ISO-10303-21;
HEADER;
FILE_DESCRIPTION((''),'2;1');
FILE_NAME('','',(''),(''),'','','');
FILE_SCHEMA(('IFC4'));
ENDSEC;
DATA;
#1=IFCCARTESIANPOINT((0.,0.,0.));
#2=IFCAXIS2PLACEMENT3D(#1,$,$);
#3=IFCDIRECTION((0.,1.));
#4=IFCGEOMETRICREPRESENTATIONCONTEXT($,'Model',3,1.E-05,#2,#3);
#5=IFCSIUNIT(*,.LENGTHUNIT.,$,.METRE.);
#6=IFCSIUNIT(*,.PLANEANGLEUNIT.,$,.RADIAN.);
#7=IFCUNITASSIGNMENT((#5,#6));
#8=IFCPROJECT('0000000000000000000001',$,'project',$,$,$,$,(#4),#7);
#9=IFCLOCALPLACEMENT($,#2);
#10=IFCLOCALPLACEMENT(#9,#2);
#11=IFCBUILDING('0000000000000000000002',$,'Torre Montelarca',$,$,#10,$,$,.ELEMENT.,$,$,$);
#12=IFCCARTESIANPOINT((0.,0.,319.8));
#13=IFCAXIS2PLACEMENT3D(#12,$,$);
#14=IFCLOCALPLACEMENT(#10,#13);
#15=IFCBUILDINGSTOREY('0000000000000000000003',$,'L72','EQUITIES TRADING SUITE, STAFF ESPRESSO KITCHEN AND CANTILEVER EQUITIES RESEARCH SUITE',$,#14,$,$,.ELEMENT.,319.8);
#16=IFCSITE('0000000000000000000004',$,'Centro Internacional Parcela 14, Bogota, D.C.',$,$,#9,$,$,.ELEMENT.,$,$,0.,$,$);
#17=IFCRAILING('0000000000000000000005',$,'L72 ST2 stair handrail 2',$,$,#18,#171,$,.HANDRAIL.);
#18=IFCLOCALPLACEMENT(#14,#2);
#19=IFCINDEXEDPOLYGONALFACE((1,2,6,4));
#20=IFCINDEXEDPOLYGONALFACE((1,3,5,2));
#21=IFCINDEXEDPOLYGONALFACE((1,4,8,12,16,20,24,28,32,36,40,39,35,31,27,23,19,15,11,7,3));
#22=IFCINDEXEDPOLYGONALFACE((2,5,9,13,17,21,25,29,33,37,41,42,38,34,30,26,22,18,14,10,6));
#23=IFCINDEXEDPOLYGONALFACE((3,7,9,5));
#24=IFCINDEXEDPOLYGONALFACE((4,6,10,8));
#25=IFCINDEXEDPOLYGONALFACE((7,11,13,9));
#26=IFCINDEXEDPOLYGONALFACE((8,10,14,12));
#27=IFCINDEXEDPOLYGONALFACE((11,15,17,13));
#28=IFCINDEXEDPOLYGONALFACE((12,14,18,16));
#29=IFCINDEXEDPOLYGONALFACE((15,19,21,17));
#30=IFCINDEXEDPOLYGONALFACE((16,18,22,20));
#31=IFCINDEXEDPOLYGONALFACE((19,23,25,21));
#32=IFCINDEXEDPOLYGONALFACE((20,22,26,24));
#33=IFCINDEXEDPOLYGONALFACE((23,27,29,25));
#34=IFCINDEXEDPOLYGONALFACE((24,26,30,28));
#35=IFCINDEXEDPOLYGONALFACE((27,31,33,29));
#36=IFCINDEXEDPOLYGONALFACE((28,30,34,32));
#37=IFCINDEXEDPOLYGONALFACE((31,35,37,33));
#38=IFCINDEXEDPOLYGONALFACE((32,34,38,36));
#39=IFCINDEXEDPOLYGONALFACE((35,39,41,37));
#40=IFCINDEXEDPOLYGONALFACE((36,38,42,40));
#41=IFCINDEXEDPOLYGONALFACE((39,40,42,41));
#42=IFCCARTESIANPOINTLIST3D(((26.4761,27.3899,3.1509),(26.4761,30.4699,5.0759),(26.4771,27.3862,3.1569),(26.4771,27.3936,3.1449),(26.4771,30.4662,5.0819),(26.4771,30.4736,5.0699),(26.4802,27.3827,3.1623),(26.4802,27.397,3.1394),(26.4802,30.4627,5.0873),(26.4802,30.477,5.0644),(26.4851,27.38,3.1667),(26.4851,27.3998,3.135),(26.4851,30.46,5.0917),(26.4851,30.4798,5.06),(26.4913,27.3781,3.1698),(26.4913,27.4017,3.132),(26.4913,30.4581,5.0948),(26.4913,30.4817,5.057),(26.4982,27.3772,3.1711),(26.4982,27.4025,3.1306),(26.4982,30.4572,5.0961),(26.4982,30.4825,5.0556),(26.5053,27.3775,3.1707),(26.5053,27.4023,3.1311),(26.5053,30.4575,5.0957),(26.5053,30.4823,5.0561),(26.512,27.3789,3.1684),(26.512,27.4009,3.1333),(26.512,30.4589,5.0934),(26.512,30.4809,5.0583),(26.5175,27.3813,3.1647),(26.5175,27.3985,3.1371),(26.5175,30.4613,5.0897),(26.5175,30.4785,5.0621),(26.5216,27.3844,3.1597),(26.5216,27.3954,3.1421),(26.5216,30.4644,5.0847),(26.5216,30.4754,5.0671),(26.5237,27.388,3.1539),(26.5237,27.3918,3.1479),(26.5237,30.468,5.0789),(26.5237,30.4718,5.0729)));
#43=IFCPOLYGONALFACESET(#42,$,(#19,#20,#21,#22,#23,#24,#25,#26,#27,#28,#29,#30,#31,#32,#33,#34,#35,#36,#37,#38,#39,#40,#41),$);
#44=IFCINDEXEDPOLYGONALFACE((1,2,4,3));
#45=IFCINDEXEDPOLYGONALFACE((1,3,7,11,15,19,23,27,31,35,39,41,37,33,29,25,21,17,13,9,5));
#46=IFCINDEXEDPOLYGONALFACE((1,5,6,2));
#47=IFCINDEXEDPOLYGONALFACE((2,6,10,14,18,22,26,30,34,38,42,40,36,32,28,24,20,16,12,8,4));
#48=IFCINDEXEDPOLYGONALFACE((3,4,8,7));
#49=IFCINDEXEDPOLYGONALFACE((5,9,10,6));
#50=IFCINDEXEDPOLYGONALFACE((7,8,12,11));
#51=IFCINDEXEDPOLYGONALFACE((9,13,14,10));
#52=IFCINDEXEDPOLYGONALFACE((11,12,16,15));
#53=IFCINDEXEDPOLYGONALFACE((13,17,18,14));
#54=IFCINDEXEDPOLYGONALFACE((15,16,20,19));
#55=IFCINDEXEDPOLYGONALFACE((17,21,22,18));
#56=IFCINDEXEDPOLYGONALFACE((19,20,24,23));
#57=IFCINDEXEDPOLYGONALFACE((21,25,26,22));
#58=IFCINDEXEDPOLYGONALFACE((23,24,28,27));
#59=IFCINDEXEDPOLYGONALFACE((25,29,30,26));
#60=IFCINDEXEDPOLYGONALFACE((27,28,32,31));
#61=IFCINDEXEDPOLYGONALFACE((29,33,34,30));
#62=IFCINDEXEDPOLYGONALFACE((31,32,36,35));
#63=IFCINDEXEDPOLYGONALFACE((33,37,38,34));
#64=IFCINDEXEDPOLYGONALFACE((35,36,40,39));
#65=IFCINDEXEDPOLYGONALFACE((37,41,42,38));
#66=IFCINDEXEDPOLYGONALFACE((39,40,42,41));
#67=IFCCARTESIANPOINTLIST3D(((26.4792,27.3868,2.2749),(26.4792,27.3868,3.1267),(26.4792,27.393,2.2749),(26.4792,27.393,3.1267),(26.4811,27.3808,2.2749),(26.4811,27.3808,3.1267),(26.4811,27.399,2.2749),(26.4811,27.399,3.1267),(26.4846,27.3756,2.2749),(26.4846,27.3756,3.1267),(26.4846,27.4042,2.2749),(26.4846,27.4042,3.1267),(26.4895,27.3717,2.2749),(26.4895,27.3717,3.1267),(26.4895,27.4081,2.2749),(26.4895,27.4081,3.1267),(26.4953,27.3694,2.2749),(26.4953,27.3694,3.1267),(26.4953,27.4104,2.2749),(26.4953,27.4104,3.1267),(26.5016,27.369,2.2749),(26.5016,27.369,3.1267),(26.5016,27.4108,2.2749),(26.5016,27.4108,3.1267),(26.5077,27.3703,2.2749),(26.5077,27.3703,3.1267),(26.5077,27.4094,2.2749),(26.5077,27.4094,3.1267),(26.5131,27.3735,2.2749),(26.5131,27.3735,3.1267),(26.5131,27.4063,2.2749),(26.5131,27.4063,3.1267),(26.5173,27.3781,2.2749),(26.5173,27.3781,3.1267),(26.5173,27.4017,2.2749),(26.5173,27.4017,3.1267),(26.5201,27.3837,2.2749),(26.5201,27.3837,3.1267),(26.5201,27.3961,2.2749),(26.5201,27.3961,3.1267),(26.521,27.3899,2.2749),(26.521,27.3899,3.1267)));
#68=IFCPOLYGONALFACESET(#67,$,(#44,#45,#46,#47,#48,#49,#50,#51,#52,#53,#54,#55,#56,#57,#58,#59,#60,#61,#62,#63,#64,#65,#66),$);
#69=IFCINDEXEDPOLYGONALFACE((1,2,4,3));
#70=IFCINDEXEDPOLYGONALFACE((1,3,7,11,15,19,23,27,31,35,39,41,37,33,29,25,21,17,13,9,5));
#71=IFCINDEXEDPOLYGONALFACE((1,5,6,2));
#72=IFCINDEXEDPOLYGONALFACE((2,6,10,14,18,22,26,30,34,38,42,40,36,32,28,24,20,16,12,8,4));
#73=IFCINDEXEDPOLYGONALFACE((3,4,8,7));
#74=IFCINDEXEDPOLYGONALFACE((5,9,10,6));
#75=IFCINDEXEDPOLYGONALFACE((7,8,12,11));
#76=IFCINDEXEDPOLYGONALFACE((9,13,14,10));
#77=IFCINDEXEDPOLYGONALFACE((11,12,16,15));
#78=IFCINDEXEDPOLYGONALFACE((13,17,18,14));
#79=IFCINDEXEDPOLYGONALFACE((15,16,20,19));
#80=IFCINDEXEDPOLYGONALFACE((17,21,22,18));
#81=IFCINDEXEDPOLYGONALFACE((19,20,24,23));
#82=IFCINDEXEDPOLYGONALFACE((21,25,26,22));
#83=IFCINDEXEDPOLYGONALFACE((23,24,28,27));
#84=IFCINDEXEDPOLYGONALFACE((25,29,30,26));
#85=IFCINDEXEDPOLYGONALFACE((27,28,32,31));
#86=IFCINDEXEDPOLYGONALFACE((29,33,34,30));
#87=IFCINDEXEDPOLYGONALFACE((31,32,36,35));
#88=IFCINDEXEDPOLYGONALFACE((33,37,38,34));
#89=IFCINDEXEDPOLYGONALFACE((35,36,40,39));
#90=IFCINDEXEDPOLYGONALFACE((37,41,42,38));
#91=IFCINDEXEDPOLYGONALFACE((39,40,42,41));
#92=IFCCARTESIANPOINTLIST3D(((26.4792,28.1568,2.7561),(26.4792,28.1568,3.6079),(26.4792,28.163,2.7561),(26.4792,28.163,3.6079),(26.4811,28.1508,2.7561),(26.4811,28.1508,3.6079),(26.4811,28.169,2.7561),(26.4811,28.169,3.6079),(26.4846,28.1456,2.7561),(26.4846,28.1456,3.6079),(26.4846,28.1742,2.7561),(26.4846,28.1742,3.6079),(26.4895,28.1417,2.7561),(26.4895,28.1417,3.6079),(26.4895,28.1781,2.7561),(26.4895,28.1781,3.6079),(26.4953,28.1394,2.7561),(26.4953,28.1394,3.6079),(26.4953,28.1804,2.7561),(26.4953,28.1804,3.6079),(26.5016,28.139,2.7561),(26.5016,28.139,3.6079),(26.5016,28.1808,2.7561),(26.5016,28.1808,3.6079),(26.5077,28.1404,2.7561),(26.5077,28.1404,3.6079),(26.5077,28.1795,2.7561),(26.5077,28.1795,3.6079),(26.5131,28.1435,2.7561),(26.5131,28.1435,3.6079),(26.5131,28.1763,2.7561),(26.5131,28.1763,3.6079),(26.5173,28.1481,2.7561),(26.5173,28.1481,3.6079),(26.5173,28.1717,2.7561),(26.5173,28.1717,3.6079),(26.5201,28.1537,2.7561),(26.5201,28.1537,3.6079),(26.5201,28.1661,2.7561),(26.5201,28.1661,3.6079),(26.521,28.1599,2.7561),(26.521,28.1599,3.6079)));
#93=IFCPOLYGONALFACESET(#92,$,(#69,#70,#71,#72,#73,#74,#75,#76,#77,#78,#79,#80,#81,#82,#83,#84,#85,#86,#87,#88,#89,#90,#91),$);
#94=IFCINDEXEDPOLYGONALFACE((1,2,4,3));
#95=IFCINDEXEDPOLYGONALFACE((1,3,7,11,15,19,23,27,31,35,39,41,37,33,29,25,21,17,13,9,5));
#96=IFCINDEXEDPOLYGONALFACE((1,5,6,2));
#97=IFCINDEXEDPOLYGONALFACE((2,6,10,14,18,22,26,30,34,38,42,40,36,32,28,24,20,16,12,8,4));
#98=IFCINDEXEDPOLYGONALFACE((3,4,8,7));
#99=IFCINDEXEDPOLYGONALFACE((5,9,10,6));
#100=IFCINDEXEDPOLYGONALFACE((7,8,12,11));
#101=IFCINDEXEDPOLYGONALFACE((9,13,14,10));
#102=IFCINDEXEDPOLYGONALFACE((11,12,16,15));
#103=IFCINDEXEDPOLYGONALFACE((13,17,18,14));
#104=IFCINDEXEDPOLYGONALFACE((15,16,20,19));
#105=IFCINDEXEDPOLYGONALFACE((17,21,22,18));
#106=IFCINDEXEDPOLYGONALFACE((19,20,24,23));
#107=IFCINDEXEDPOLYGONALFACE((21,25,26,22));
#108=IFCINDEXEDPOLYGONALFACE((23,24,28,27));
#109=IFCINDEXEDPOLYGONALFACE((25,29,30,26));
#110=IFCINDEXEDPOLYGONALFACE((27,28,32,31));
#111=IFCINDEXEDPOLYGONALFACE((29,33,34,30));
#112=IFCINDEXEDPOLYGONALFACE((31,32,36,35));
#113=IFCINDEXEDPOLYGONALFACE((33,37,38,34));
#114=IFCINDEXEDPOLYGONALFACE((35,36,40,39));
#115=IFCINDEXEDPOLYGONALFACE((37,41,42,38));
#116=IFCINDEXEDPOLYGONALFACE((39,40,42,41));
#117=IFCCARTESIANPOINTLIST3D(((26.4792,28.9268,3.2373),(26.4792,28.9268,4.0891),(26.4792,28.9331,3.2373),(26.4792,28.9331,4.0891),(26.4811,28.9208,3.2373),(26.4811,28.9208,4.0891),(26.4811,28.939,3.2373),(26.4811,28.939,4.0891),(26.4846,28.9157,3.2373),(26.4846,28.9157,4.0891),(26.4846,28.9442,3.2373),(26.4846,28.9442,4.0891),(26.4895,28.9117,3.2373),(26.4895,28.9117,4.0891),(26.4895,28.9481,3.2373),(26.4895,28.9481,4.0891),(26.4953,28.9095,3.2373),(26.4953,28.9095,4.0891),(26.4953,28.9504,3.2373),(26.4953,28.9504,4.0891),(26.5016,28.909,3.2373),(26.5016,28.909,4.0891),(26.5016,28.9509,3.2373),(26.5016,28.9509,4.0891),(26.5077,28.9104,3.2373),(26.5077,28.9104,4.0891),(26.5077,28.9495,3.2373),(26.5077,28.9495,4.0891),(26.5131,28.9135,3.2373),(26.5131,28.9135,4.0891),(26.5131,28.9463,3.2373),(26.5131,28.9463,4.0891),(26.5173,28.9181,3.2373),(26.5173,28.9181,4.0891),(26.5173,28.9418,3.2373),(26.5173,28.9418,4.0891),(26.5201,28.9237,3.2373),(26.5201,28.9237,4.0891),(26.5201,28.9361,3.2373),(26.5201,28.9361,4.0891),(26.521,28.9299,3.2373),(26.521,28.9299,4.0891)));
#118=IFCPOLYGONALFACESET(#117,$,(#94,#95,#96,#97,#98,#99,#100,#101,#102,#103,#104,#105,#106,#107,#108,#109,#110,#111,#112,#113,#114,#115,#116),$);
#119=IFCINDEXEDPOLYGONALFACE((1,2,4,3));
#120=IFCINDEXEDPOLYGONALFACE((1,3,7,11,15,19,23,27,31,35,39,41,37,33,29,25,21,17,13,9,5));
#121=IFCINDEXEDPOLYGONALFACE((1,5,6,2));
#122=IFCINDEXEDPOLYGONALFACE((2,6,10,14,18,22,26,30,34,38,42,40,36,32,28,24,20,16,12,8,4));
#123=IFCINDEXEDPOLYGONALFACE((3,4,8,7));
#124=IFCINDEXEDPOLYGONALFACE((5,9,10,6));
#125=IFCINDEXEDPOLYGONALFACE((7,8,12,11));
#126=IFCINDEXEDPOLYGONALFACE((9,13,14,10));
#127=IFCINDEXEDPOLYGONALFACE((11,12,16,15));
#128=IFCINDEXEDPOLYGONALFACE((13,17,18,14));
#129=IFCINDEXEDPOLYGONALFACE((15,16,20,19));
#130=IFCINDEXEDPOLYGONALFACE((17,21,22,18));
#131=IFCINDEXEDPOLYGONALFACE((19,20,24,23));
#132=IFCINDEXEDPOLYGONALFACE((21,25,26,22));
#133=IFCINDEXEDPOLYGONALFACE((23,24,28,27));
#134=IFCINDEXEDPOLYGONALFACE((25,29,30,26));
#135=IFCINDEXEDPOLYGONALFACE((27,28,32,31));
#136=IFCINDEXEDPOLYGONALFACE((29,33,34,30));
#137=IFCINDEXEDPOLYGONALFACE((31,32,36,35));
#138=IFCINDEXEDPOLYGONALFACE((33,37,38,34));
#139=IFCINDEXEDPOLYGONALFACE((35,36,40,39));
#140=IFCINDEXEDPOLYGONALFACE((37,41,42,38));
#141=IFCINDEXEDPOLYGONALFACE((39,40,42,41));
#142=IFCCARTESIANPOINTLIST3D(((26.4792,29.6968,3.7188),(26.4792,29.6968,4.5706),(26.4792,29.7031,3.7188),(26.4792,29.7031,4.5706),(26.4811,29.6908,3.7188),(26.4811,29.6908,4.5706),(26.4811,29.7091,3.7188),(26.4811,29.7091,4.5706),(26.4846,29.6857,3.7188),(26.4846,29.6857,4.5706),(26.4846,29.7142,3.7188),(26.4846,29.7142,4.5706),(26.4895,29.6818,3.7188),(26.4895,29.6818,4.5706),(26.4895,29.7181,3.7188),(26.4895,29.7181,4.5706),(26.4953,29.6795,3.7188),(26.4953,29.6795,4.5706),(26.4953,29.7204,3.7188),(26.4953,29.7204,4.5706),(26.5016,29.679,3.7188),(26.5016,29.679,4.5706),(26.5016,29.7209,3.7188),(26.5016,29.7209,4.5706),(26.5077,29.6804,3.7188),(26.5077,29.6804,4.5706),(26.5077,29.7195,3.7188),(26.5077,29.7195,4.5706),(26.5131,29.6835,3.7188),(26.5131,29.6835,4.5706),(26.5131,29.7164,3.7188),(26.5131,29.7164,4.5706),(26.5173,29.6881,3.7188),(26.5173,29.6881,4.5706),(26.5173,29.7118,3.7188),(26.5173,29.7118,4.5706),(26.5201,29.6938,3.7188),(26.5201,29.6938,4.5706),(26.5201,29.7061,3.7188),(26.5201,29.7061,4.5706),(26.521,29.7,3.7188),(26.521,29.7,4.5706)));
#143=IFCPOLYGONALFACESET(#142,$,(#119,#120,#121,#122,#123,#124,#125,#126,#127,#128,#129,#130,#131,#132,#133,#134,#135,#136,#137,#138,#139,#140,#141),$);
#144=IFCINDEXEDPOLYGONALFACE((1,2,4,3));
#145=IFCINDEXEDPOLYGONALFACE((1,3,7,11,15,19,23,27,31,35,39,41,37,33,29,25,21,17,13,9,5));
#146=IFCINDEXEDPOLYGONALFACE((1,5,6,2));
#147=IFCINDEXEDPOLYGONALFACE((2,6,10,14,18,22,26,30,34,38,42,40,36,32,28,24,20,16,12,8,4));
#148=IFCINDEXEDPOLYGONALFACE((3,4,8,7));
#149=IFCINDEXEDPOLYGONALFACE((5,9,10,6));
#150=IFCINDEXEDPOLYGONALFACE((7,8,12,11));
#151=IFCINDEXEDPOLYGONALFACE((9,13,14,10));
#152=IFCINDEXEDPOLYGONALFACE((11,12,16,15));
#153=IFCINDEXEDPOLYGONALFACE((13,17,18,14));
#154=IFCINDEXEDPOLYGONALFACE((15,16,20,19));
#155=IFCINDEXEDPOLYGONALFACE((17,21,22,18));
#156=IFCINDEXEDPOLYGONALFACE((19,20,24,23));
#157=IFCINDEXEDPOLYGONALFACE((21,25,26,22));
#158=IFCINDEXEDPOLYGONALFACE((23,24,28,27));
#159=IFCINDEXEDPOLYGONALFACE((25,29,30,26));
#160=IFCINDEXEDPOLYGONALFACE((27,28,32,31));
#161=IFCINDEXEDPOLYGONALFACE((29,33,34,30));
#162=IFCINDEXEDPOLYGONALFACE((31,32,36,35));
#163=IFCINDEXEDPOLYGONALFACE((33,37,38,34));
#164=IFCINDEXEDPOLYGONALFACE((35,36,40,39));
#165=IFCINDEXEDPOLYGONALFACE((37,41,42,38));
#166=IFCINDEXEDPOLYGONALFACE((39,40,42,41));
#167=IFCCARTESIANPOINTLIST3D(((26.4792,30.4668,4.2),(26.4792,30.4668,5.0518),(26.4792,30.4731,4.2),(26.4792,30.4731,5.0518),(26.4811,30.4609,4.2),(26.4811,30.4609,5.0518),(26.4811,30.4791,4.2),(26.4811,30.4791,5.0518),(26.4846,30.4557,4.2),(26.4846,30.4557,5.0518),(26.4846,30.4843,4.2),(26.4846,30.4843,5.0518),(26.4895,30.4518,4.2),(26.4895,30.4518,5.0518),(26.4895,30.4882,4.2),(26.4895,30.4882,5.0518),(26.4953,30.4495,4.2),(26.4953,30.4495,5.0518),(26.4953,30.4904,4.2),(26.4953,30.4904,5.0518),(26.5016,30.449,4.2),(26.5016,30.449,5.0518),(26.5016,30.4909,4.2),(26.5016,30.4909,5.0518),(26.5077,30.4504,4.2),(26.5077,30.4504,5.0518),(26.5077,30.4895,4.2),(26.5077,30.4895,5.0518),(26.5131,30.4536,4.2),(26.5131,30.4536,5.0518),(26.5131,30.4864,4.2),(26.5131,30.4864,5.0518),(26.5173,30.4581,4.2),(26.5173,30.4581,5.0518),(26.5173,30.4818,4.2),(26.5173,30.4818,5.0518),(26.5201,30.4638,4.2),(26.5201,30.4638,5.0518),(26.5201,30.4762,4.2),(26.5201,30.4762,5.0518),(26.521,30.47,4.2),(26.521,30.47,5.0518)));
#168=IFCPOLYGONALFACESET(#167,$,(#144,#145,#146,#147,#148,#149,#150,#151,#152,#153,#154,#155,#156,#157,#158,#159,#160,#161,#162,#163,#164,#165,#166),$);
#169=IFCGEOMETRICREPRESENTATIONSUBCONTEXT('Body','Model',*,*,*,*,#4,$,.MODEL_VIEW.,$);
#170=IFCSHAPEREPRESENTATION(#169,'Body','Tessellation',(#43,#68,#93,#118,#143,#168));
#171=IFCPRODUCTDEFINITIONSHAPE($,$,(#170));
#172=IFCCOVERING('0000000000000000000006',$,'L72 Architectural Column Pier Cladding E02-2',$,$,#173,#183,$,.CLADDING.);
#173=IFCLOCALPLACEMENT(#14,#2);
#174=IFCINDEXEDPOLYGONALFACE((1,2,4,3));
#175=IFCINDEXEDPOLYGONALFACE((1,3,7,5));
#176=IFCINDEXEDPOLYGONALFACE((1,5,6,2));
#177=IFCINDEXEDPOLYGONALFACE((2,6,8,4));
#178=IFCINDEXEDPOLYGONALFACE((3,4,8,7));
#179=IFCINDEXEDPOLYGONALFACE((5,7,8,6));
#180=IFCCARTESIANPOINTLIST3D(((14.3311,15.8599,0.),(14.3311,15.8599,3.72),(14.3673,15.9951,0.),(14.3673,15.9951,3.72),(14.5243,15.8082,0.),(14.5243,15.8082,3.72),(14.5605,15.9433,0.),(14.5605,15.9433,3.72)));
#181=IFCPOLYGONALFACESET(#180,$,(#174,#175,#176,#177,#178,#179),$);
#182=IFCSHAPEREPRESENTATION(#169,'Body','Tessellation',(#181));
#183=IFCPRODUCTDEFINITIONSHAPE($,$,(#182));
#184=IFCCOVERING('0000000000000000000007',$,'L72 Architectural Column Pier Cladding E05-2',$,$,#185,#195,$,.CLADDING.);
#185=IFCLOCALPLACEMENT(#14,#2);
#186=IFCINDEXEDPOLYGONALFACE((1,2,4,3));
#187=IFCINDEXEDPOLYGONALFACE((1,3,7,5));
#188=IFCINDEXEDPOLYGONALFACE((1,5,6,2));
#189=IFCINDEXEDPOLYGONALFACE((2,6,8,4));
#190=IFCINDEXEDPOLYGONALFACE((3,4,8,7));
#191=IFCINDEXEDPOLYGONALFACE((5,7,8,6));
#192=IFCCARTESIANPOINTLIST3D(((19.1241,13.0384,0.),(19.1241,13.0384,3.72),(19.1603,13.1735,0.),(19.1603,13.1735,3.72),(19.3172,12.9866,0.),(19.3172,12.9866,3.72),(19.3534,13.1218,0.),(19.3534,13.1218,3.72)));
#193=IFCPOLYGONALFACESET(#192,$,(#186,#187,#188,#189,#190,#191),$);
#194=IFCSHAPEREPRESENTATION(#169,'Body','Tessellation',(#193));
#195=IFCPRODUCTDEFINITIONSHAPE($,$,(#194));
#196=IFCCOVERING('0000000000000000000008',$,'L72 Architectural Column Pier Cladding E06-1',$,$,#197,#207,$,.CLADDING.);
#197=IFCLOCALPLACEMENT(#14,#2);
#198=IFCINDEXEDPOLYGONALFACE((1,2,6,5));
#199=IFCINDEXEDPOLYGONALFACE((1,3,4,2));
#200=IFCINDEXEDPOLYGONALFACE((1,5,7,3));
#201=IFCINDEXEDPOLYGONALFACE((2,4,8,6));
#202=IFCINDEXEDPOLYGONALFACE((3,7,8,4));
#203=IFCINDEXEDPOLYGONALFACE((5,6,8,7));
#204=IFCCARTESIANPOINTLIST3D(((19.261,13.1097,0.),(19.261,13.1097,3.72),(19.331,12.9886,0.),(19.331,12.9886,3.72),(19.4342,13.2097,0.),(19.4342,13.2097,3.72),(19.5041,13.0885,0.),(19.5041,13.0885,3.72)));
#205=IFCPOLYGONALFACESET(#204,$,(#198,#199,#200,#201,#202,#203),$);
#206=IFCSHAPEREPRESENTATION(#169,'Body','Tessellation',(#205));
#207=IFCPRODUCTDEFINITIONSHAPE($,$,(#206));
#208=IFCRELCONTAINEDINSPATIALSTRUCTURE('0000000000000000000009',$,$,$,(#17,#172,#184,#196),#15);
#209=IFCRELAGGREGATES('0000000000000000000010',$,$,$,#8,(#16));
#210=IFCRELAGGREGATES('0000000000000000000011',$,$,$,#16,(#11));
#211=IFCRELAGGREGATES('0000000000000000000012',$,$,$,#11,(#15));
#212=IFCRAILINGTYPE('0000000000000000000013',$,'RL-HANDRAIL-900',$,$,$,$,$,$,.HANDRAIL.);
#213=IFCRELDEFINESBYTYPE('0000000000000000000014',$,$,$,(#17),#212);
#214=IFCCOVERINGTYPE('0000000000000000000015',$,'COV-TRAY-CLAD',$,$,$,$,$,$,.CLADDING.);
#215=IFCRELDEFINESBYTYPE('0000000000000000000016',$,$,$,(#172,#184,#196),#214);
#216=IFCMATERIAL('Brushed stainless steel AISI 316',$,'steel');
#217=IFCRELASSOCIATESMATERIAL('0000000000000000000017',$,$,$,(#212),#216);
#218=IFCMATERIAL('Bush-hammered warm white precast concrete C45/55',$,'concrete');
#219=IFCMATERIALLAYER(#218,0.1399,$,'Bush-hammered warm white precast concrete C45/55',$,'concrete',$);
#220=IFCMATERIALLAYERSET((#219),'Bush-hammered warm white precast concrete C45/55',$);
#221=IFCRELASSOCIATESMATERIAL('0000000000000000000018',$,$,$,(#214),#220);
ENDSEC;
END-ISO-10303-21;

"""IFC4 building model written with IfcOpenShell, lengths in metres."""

from ifc_helpers import new_model, si_unit, direction, frame, origin, origin_2d, place, context, subcontext, project, spatial, rectangle, circle, extrude, source, transform, mapped, material, layer, layer_set, type_object, element, save


model = new_model("IFC4")

# Units and contexts
model_context = context("Model", 3, precision=1e-05, world=origin(), true_north=direction((0.0, 1.0)))
body_context = subcontext(model_context, "Body", "Model", "MODEL_VIEW")
ifc_project = project(units=[si_unit("LENGTHUNIT", "METRE"), si_unit("PLANEANGLEUNIT", "RADIAN")], contexts=[model_context])

# Site, building, storey
site_placement = place(None, origin())
site = spatial("IfcSite", under=ifc_project, at=site_placement, Name="Centro Internacional Parcela 14, Bogota, D.C.", CompositionType="ELEMENT", RefElevation=0.0)
building_placement = place(site_placement, origin())
building = spatial("IfcBuilding", under=site, at=building_placement, Name="Torre Montelarca", CompositionType="ELEMENT")
storey_placement = place(building_placement, frame((0.0, 0.0, 319.8)))
storey = spatial("IfcBuildingStorey", under=building, at=storey_placement, Name="L72", Description="EQUITIES TRADING SUITE, STAFF ESPRESSO KITCHEN AND CANTILEVER EQUITIES RESEARCH SUITE", CompositionType="ELEMENT", Elevation=319.8)

# Railing
ifc_material_1 = material(Name="Brushed stainless steel AISI 316", Category="steel")
railing_type_1 = type_object("IfcRailingType", Name="RL-HANDRAIL-900", PredefinedType="HANDRAIL", material=ifc_material_1)
railing_1_placement = place(storey_placement, frame((26.5, 27.3899, 2.2749)))
element("IfcRailing", 1, at=railing_1_placement, inside=storey, type_object=railing_type_1, Name="L72 ST2 stair handrail 2", PredefinedType="HANDRAIL", context=body_context, shape_type="SweptSolid", body=[
    extrude(circle(Radius=0.0239, at=origin_2d()), frame((0.0, 0.0, 0.876), z_axis=(0.0, 0.847998, 0.529999), x_axis=(-1.0, 0.0, 0.0)), (0.0, 0.0, 1.0), 3.6321),
    extrude(circle(Radius=0.021, at=origin_2d()), origin(), (0.0, 0.0, 1.0), 0.8518),
    extrude(circle(Radius=0.021, at=origin_2d()), frame((0.0, 0.77, 0.4812)), (0.0, 0.0, 1.0), 0.8518),
    extrude(circle(Radius=0.021, at=origin_2d()), frame((0.0, 1.54, 0.9624)), (0.0, 0.0, 1.0), 0.8518),
    extrude(circle(Radius=0.021, at=origin_2d()), frame((0.0, 2.3101, 1.4438)), (0.0, 0.0, 1.0), 0.8518),
    extrude(circle(Radius=0.021, at=origin_2d()), frame((0.0, 3.0801, 1.925)), (0.0, 0.0, 1.0), 0.8518),
])

# Coverings
ifc_material_2 = material(Name="Bush-hammered warm white precast concrete C45/55", Category="concrete")
ifc_layer_1 = layer(ifc_material_2, 0.1399, Name="Bush-hammered warm white precast concrete C45/55", Category="concrete")
ifc_layer_set_1 = layer_set([ifc_layer_1], Name="Bush-hammered warm white precast concrete C45/55")
covering_type = type_object("IfcCoveringType", Name="COV-TRAY-CLAD", PredefinedType="CLADDING", material=ifc_layer_set_1)
shared_shape_1 = source(origin(), body_context, "Body", "SweptSolid", [
    extrude(rectangle(XDim=0.2, YDim=0.1399, at=origin_2d()), origin(), (0.0, 0.0, 1.0), 3.72),
])
for number, where, z_axis, x_axis, name in (
    (2, (14.4458, 15.9016, 0.0), (0.0, 0.0, 1.0), (0.965924, -0.258826, 0.0), "L72 Architectural Column Pier Cladding E02-2"),
    (3, (19.2388, 13.0801, 0.0), (0.0, 0.0, 1.0), (0.965925, -0.258821, 0.0), "L72 Architectural Column Pier Cladding E05-2"),
    (4, (19.3826, 13.0991, 0.0), (0.0, 0.0, 1.0), (0.866025, 0.5, 0.0), "L72 Architectural Column Pier Cladding E06-1"),
):
    element("IfcCovering", number, at=place(storey_placement, frame(where, z_axis=z_axis, x_axis=x_axis)), inside=storey, type_object=covering_type, Name=name, PredefinedType="CLADDING", context=body_context, shape_type="MappedRepresentation", body=[
        mapped(shared_shape_1, transform((0.0, 0.0, 0.0), scale=1.0)),
    ])

save(model, "model.ifc")
